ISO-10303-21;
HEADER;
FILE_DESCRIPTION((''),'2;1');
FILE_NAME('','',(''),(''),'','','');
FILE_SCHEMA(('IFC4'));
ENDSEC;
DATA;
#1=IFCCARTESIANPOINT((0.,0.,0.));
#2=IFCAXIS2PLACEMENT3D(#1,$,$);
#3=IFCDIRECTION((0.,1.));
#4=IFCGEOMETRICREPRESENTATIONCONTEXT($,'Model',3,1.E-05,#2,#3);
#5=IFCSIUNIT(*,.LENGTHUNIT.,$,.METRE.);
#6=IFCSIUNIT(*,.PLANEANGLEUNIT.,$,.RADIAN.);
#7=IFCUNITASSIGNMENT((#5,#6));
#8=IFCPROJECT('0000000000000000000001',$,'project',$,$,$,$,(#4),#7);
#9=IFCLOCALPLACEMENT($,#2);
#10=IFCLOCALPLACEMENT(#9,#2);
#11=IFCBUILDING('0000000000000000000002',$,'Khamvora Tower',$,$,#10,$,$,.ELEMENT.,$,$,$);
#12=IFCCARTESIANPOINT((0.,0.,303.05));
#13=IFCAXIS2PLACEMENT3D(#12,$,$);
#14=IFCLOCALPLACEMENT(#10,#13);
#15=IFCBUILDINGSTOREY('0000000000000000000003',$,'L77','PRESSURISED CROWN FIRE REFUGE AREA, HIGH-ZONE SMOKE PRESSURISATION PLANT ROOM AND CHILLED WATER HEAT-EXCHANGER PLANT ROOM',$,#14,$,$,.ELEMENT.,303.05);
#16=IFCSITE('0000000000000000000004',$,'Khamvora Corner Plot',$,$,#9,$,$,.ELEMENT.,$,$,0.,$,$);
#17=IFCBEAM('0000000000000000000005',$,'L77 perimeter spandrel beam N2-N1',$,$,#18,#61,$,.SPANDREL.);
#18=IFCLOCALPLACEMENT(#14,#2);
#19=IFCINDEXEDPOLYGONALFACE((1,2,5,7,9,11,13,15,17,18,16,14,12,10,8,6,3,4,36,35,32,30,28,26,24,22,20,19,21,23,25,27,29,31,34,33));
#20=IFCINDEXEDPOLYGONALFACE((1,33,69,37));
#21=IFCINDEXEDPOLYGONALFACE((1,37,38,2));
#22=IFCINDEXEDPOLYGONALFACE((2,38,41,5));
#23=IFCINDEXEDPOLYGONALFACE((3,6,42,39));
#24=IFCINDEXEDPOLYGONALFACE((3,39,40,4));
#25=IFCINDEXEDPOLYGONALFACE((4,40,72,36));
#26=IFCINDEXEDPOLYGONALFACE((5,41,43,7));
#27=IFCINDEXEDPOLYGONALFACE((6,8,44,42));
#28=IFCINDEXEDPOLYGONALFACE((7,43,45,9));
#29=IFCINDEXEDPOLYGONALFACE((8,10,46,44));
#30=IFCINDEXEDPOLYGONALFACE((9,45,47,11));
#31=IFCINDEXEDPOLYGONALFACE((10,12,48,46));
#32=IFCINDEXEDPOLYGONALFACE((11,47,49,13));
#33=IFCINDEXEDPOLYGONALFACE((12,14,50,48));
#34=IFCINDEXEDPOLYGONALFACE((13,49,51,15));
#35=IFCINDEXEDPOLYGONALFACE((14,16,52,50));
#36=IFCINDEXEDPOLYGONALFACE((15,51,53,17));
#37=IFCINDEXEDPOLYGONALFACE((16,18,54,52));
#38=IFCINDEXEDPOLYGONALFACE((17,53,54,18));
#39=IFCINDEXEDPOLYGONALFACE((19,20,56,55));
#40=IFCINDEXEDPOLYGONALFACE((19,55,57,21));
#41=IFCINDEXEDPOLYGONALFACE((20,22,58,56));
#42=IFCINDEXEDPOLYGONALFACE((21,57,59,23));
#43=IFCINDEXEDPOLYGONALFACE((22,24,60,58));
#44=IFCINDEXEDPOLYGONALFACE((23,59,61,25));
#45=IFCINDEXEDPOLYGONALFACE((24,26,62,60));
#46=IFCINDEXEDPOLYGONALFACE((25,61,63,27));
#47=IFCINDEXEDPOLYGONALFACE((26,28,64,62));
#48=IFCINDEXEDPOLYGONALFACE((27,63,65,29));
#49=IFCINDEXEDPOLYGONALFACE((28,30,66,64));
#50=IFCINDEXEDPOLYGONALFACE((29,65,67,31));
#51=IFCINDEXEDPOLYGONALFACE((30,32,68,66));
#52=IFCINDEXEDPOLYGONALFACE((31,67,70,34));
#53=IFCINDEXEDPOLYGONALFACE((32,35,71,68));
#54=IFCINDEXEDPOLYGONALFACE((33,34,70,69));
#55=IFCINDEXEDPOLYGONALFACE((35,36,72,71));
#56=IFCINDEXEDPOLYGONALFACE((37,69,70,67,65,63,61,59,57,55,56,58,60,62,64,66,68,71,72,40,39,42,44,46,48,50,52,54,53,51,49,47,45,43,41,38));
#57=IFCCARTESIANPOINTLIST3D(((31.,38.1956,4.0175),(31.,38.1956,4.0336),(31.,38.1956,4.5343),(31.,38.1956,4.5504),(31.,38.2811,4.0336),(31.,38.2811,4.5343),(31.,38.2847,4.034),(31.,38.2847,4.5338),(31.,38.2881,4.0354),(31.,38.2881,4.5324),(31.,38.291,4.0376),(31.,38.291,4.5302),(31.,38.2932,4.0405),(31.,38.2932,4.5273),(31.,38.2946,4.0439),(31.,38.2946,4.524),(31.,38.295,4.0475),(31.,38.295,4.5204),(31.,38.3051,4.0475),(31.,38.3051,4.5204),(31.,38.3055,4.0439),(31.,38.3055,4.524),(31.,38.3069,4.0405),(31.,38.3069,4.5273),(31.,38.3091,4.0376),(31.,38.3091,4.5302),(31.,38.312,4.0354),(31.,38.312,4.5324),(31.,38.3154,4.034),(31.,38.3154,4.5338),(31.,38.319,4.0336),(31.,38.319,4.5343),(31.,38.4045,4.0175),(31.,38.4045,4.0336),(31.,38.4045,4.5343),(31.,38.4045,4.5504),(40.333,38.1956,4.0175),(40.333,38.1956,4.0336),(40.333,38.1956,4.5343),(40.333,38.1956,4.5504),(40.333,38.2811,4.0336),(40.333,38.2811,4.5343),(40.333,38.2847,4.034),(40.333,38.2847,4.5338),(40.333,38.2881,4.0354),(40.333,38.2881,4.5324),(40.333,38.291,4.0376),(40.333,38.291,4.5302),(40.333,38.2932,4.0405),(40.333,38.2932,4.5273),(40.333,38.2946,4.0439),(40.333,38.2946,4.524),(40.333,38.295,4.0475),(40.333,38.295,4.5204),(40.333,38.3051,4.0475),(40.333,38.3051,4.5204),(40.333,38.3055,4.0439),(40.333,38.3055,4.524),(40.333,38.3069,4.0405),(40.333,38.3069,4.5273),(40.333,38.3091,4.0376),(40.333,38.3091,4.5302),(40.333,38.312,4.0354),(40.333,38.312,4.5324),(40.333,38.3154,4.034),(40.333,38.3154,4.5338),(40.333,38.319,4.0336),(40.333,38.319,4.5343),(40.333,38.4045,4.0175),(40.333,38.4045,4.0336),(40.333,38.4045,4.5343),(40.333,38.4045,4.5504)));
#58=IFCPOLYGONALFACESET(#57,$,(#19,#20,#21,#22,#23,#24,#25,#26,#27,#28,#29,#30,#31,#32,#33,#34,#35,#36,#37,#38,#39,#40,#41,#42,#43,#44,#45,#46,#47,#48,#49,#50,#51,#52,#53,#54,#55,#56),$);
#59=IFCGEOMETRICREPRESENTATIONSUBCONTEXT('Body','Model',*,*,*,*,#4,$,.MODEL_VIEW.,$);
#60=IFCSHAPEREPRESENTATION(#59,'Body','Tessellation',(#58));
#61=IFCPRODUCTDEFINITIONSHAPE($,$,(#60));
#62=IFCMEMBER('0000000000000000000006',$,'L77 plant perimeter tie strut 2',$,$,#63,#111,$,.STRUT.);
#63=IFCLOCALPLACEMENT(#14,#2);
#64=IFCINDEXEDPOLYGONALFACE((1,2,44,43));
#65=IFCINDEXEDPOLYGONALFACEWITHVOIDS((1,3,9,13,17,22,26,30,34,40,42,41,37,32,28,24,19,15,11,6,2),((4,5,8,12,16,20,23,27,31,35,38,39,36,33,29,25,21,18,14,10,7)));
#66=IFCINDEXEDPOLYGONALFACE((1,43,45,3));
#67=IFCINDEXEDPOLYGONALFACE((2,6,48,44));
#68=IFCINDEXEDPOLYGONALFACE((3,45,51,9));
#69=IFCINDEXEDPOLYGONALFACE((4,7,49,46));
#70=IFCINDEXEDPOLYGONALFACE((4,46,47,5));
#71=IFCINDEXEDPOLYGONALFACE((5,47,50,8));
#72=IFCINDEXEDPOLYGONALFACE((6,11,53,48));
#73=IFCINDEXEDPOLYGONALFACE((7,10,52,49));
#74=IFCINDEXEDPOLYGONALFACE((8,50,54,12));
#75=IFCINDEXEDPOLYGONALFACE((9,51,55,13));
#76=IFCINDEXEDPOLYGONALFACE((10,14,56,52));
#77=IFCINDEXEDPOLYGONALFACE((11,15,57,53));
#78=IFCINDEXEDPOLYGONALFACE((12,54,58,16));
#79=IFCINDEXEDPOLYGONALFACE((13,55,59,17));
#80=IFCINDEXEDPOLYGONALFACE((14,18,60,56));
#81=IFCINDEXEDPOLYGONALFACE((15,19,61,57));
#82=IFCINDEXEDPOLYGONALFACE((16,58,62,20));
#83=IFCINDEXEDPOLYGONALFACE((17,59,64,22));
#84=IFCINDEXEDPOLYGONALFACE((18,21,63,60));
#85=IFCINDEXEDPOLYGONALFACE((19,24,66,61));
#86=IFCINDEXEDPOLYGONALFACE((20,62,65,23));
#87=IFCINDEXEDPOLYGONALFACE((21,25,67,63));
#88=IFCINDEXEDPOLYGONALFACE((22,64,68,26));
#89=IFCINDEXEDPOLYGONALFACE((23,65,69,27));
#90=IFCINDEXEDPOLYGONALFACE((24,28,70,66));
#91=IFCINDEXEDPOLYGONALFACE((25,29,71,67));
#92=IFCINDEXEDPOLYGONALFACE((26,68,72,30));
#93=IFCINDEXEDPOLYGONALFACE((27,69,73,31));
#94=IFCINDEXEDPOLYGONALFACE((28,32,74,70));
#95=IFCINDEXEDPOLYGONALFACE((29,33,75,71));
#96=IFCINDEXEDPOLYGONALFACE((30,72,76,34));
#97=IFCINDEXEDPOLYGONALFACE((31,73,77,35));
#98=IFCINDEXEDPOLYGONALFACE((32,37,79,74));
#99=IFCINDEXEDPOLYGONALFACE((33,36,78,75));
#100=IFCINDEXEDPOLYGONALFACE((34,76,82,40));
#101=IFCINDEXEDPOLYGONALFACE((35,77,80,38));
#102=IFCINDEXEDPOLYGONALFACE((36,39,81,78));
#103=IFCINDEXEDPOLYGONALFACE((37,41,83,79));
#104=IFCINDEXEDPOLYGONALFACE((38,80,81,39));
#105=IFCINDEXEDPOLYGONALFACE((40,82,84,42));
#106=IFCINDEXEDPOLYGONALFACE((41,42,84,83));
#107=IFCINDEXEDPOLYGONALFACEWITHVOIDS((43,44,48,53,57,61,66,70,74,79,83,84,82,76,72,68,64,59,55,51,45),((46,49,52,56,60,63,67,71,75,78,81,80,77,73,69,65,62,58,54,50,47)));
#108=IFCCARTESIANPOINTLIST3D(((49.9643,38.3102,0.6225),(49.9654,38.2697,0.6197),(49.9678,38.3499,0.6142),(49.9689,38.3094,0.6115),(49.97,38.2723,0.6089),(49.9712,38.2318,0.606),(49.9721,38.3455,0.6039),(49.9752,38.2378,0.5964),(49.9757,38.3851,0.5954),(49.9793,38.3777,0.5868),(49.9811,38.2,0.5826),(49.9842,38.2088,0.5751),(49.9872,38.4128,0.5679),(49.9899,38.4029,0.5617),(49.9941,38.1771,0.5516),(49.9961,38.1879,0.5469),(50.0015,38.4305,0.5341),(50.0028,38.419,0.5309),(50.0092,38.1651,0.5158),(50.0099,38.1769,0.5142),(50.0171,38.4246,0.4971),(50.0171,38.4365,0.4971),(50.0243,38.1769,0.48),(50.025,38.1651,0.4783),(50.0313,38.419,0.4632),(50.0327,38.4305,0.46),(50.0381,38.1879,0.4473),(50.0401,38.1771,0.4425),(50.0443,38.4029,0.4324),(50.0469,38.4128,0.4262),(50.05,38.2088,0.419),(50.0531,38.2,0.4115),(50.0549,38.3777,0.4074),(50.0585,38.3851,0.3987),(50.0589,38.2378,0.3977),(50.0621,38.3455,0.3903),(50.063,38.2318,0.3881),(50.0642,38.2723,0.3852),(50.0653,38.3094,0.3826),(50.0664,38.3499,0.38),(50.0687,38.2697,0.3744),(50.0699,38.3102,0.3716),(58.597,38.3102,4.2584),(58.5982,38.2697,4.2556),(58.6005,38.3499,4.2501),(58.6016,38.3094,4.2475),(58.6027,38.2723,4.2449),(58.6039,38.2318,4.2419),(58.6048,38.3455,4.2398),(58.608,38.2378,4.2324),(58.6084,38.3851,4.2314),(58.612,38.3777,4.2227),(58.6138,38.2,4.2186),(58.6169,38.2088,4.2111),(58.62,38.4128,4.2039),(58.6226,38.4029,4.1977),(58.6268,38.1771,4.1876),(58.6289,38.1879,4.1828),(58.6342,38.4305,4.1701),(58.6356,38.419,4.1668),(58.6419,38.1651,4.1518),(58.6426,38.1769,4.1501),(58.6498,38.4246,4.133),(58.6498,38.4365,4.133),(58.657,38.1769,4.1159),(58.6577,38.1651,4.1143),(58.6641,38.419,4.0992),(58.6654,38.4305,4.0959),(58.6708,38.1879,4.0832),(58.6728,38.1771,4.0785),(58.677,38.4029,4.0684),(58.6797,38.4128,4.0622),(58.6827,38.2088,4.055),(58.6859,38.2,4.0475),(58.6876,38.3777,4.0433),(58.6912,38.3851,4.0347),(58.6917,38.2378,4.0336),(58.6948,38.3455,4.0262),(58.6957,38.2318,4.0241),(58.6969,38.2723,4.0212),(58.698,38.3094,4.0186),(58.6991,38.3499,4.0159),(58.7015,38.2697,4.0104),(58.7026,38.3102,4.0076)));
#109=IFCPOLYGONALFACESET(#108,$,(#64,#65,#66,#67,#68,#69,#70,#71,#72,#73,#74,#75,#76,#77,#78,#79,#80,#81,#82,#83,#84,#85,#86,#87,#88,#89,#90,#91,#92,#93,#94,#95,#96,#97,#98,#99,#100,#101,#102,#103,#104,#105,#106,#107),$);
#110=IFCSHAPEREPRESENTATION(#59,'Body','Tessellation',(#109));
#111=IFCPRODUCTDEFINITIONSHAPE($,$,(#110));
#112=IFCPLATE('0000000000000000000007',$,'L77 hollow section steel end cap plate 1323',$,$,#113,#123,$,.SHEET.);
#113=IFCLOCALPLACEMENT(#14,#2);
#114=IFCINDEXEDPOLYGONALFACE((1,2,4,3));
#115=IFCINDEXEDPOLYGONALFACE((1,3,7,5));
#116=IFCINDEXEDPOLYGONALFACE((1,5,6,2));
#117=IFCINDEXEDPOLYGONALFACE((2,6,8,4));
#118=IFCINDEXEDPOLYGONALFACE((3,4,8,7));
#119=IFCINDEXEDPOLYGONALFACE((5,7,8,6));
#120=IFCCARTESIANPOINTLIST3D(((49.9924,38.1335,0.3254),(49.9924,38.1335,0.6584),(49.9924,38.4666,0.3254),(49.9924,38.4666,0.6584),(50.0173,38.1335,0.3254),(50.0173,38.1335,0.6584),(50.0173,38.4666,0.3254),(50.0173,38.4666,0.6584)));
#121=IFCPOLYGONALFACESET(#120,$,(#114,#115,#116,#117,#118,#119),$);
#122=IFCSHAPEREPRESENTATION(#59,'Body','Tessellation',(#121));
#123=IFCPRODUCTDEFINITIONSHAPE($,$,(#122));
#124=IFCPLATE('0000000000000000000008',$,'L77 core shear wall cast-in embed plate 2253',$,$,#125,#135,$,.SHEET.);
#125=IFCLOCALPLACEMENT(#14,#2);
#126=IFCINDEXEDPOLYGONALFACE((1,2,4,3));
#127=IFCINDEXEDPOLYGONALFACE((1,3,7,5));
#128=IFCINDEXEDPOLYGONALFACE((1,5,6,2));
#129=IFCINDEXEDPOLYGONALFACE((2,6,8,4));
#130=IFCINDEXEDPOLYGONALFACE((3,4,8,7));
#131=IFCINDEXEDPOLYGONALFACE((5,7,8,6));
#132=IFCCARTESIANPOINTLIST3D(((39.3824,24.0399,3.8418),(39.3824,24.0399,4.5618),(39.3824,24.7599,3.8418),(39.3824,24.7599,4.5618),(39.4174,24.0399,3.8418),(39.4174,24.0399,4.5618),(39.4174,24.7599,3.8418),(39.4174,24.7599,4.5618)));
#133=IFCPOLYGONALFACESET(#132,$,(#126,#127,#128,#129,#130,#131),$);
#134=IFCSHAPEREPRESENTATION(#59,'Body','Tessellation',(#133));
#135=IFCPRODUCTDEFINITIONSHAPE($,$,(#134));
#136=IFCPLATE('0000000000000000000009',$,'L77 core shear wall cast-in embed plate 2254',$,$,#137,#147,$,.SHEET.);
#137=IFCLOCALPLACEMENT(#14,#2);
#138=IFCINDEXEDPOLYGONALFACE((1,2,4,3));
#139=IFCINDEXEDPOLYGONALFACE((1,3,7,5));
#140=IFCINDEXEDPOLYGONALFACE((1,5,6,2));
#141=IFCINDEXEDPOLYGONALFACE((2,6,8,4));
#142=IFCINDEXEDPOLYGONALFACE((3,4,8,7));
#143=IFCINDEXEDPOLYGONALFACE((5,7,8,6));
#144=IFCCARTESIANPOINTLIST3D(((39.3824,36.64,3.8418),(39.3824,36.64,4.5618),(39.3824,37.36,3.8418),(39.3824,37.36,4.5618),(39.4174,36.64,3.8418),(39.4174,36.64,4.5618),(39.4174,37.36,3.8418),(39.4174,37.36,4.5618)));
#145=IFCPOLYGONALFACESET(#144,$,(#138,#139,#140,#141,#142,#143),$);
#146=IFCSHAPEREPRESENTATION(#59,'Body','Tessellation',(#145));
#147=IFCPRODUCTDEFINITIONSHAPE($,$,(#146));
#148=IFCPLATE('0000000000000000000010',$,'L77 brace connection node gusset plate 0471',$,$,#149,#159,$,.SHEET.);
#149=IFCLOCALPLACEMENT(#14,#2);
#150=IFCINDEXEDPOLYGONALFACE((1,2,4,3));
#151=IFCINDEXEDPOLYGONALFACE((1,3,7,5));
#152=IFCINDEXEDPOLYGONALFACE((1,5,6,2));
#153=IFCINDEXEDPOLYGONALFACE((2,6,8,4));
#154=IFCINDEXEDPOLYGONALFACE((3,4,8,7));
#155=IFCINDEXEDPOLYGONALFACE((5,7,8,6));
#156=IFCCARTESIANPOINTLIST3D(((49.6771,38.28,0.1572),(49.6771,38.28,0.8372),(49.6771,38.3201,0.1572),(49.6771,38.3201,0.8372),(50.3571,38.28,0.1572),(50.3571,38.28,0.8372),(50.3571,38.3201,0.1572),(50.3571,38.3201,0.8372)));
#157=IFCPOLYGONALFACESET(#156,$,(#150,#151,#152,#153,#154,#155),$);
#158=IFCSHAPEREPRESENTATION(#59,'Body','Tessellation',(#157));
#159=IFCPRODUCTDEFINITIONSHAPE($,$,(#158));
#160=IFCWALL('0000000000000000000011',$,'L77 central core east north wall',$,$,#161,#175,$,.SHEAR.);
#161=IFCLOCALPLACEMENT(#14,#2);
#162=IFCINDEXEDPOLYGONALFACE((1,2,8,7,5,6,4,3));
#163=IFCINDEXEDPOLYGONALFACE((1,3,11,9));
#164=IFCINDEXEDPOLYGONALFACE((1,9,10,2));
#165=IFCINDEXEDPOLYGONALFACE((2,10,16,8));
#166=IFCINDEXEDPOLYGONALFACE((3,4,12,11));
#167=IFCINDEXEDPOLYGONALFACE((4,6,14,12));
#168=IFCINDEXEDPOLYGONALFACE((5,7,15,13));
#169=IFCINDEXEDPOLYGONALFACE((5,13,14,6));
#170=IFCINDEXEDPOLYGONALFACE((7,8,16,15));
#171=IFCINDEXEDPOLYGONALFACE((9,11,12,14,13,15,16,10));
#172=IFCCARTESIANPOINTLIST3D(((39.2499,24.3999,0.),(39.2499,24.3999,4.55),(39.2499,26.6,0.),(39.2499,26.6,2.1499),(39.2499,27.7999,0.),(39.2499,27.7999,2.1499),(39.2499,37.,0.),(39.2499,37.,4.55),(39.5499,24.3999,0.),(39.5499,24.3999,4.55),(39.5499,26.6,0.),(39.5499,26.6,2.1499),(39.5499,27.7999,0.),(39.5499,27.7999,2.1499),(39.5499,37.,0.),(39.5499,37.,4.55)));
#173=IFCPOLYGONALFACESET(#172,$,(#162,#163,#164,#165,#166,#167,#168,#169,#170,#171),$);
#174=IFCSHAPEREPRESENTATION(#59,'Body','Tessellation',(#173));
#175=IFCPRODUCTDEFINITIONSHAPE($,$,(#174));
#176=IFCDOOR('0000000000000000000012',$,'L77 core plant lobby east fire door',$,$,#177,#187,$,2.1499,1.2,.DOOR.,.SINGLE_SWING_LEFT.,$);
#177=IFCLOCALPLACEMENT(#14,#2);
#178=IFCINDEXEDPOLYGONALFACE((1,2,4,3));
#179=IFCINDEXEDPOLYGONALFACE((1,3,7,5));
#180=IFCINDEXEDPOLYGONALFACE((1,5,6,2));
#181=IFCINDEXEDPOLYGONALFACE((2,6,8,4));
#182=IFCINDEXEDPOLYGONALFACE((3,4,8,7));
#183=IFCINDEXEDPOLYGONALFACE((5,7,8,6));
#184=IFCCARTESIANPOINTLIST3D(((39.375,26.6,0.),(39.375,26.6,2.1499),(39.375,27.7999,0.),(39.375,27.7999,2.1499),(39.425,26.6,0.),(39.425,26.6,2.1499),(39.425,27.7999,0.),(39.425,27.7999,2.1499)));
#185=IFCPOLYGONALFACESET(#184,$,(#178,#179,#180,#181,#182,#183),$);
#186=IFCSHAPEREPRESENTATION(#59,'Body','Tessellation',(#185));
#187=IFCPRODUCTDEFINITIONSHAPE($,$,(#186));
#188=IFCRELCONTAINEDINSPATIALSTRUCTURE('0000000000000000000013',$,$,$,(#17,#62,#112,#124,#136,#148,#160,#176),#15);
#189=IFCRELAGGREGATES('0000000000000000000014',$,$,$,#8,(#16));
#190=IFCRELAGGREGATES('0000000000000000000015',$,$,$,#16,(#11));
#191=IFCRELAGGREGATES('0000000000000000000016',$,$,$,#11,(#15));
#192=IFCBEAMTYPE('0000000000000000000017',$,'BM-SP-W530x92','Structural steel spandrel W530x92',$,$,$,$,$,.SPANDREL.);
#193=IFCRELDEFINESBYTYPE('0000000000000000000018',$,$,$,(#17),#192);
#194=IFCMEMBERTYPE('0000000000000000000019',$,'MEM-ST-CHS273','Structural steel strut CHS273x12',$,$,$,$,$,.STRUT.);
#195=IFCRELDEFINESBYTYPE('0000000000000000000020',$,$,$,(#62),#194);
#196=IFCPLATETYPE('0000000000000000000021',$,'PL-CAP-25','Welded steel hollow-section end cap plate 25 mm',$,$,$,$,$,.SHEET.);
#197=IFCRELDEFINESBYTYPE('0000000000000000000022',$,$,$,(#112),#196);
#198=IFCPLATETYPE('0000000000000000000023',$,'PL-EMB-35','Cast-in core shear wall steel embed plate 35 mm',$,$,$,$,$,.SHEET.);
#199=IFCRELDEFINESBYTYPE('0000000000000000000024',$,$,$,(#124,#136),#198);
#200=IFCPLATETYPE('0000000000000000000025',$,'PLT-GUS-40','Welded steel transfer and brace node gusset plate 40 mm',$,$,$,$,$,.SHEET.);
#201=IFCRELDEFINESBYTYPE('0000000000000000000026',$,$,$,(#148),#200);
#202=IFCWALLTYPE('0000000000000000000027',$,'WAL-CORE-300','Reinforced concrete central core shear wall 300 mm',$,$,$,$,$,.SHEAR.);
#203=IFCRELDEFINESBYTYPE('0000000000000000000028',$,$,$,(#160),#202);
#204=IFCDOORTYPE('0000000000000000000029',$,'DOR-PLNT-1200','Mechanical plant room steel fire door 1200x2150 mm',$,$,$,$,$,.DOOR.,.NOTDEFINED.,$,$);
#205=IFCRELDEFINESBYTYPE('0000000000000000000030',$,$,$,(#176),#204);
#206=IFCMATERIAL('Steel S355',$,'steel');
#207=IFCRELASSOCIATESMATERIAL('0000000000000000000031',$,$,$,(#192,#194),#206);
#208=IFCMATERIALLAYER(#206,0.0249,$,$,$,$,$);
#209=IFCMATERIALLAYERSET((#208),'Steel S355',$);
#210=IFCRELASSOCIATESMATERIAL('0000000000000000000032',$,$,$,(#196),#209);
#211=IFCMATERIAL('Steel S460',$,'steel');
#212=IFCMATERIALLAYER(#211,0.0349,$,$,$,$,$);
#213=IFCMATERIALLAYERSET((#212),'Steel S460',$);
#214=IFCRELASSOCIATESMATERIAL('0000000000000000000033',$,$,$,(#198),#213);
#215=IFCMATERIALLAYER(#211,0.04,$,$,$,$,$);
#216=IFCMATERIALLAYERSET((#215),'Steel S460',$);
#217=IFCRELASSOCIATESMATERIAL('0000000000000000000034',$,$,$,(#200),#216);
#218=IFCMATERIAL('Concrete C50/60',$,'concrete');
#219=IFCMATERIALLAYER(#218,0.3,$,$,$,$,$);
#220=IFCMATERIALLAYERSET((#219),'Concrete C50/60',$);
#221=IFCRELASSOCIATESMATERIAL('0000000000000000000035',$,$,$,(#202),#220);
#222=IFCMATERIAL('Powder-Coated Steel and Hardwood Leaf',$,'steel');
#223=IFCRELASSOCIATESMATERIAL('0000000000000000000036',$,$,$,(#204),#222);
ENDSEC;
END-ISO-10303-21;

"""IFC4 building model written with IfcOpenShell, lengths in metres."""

from ifc_helpers import new_model, si_unit, direction, frame, frame_2d, origin, origin_2d, place, context, subcontext, project, spatial, rectangle, hollow_circle, i_section, extrude, material, layer, layer_set, material_profile, profile_set, type_object, element, fill, save


model = new_model("IFC4")

# Units and contexts
model_context = context("Model", 3, precision=1e-05, world=origin(), true_north=direction((0.0, 1.0)))
body_context = subcontext(model_context, "Body", "Model", "MODEL_VIEW")
ifc_project = project(units=[si_unit("LENGTHUNIT", "METRE"), si_unit("PLANEANGLEUNIT", "RADIAN")], contexts=[model_context])

# Site, building, storey
site_placement = place(None, origin())
site = spatial("IfcSite", under=ifc_project, at=site_placement, Name="Khamvora Corner Plot", CompositionType="ELEMENT", RefElevation=0.0)
building_placement = place(site_placement, origin())
building = spatial("IfcBuilding", under=site, at=building_placement, Name="Khamvora Tower", CompositionType="ELEMENT")
storey_placement = place(building_placement, frame((0.0, 0.0, 303.05)))
storey = spatial("IfcBuildingStorey", under=building, at=storey_placement, Name="L77", Description="PRESSURISED CROWN FIRE REFUGE AREA, HIGH-ZONE SMOKE PRESSURISATION PLANT ROOM AND CHILLED WATER HEAT-EXCHANGER PLANT ROOM", CompositionType="ELEMENT", Elevation=303.05)

# Shared definitions
ifc_material_1 = material(Name="Steel S355", Category="steel")

# Beam
ifc_material_profile_1 = material_profile(ifc_material_1, i_section(OverallWidth=0.209, OverallDepth=0.533, WebThickness=0.01, FlangeThickness=0.0161, FilletRadius=0.0139, at=origin_2d()), Name="W530x92")
ifc_profile_set_1 = profile_set([ifc_material_profile_1], Name="Steel S355")
beam_type_1 = type_object("IfcBeamType", Name="BM-SP-W530x92", Description="Structural steel spandrel W530x92", PredefinedType="SPANDREL", material=ifc_profile_set_1)
beam_1_placement = place(storey_placement, frame((40.333, 38.3, 4.2839), z_axis=(-1.0, 0.0, 0.0), x_axis=(0.0, -1.0, 0.0)))
element("IfcBeam", 1, at=beam_1_placement, inside=storey, type_object=beam_type_1, Name="L77 perimeter spandrel beam N2-N1", PredefinedType="SPANDREL", context=body_context, shape_type="SweptSolid", body=[
    extrude(i_section(OverallWidth=0.209, OverallDepth=0.533, WebThickness=0.01, FlangeThickness=0.0161, FilletRadius=0.0139, at=origin_2d()), origin(), (0.0, 0.0, 1.0), 9.333),
])

# Member
ifc_material_profile_2 = material_profile(ifc_material_1, hollow_circle(Radius=0.1365, WallThickness=0.012, at=origin_2d()), Name="CHS273x12")
ifc_profile_set_2 = profile_set([ifc_material_profile_2], Name="Steel S355")
member_type = type_object("IfcMemberType", Name="MEM-ST-CHS273", Description="Structural steel strut CHS273x12", PredefinedType="STRUT", material=ifc_profile_set_2)
member_placement = place(storey_placement, frame((50.0171, 38.3, 0.4971), z_axis=(0.921593, 0.0, 0.388158), x_axis=(0.0, 1.0, 0.0)))
element("IfcMember", 2, at=member_placement, inside=storey, type_object=member_type, Name="L77 plant perimeter tie strut 2", PredefinedType="STRUT", context=body_context, shape_type="SweptSolid", body=[
    extrude(hollow_circle(Radius=0.1365, WallThickness=0.012, at=origin_2d()), origin(), (0.0, 0.0, 1.0), 9.3672),
])

# Plates
ifc_layer_1 = layer(ifc_material_1, 0.0249)
ifc_layer_set_1 = layer_set([ifc_layer_1], Name="Steel S355")
plate_type_1 = type_object("IfcPlateType", Name="PL-CAP-25", Description="Welded steel hollow-section end cap plate 25 mm", PredefinedType="SHEET", material=ifc_layer_set_1)
plate_1_placement = place(storey_placement, frame((50.0049, 38.3, 0.3254), z_axis=(0.0, 0.0, 1.0), x_axis=(1.0, 0.0, 0.0)))
element("IfcPlate", 3, at=plate_1_placement, inside=storey, type_object=plate_type_1, Name="L77 hollow section steel end cap plate 1323", PredefinedType="SHEET", context=body_context, shape_type="SweptSolid", body=[
    extrude(rectangle(XDim=0.0249, YDim=0.333, at=origin_2d()), origin(), (0.0, 0.0, 1.0), 0.333),
])
ifc_material_2 = material(Name="Steel S460", Category="steel")
ifc_layer_2 = layer(ifc_material_2, 0.0349)
ifc_layer_set_2 = layer_set([ifc_layer_2], Name="Steel S460")
plate_type_2 = type_object("IfcPlateType", Name="PL-EMB-35", Description="Cast-in core shear wall steel embed plate 35 mm", PredefinedType="SHEET", material=ifc_layer_set_2)
for number, where, z_axis, x_axis, name in (
    (4, (39.3999, 24.3999, 3.8418), (0.0, 0.0, 1.0), (1.0, 0.0, 0.0), "L77 core shear wall cast-in embed plate 2253"),
    (5, (39.3999, 37.0, 3.8418), (0.0, 0.0, 1.0), (1.0, 0.0, 0.0), "L77 core shear wall cast-in embed plate 2254"),
):
    element("IfcPlate", number, at=place(storey_placement, frame(where, z_axis=z_axis, x_axis=x_axis)), inside=storey, type_object=plate_type_2, Name=name, PredefinedType="SHEET", context=body_context, shape_type="SweptSolid", body=[
        extrude(rectangle(XDim=0.0349, YDim=0.72, at=origin_2d()), origin(), (0.0, 0.0, 1.0), 0.72),
    ])
ifc_layer_3 = layer(ifc_material_2, 0.04)
ifc_layer_set_3 = layer_set([ifc_layer_3], Name="Steel S460")
plate_type_3 = type_object("IfcPlateType", Name="PLT-GUS-40", Description="Welded steel transfer and brace node gusset plate 40 mm", PredefinedType="SHEET", material=ifc_layer_set_3)
plate_2_placement = place(storey_placement, frame((50.0171, 38.3, 0.1572), z_axis=(0.0, 0.0, 1.0), x_axis=(1.0, 0.0, 0.0)))
element("IfcPlate", 6, at=plate_2_placement, inside=storey, type_object=plate_type_3, Name="L77 brace connection node gusset plate 0471", PredefinedType="SHEET", context=body_context, shape_type="SweptSolid", body=[
    extrude(rectangle(XDim=0.6799, YDim=0.04, at=origin_2d()), origin(), (0.0, 0.0, 1.0), 0.6799),
])

# Wall, opening, door
ifc_material_3 = material(Name="Concrete C50/60", Category="concrete")
ifc_layer_4 = layer(ifc_material_3, 0.3)
ifc_layer_set_4 = layer_set([ifc_layer_4], Name="Concrete C50/60")
wall_type_1 = type_object("IfcWallType", Name="WAL-CORE-300", Description="Reinforced concrete central core shear wall 300 mm", PredefinedType="SHEAR", material=ifc_layer_set_4)
wall_1_placement = place(storey_placement, frame((39.3999, 24.3999, 0.0), z_axis=(0.0, 0.0, 1.0), x_axis=(0.0, 1.0, 0.0)))
wall_1 = element("IfcWall", 7, at=wall_1_placement, inside=storey, type_object=wall_type_1, Name="L77 central core east north wall", PredefinedType="SHEAR", context=body_context, shape_type="SweptSolid", body=[
    extrude(rectangle(XDim=12.6001, YDim=0.3, at=frame_2d((6.3, 0.0))), origin(), (0.0, 0.0, 1.0), 4.55),
])
opening_1_placement = place(wall_1_placement, frame((2.2, 0.0, 0.0)))
opening_1 = element("IfcOpeningElement", 8, at=opening_1_placement, cuts=wall_1, PredefinedType="OPENING", context=body_context, shape_type="SweptSolid", body=[
    extrude(rectangle(XDim=1.2, YDim=2.1499, at=frame_2d((0.6001, 1.075))), frame((0.0, 0.1599, 0.0), z_axis=(0.0, -1.0, 0.0), x_axis=(1.0, 0.0, 0.0)), (0.0, 0.0, 1.0), 0.3201),
])
ifc_material_4 = material(Name="Powder-Coated Steel and Hardwood Leaf", Category="steel")
door_type = type_object("IfcDoorType", Name="DOR-PLNT-1200", Description="Mechanical plant room steel fire door 1200x2150 mm", OperationType="NOTDEFINED", PredefinedType="DOOR", material=ifc_material_4)
door_1_placement = place(opening_1_placement, origin())
door_1 = element("IfcDoor", 9, at=door_1_placement, inside=storey, type_object=door_type, Name="L77 core plant lobby east fire door", OperationType="SINGLE_SWING_LEFT", OverallHeight=2.1499, OverallWidth=1.2, PredefinedType="DOOR", context=body_context, shape_type="SweptSolid", body=[
    extrude(rectangle(XDim=1.2, YDim=2.1499, at=frame_2d((0.6001, 1.075))), frame((0.0, 0.0249, 0.0), z_axis=(0.0, -1.0, 0.0), x_axis=(1.0, 0.0, 0.0)), (0.0, 0.0, 1.0), 0.05),
])
fill(opening_1, door_1)

save(model, "model.ifc")
